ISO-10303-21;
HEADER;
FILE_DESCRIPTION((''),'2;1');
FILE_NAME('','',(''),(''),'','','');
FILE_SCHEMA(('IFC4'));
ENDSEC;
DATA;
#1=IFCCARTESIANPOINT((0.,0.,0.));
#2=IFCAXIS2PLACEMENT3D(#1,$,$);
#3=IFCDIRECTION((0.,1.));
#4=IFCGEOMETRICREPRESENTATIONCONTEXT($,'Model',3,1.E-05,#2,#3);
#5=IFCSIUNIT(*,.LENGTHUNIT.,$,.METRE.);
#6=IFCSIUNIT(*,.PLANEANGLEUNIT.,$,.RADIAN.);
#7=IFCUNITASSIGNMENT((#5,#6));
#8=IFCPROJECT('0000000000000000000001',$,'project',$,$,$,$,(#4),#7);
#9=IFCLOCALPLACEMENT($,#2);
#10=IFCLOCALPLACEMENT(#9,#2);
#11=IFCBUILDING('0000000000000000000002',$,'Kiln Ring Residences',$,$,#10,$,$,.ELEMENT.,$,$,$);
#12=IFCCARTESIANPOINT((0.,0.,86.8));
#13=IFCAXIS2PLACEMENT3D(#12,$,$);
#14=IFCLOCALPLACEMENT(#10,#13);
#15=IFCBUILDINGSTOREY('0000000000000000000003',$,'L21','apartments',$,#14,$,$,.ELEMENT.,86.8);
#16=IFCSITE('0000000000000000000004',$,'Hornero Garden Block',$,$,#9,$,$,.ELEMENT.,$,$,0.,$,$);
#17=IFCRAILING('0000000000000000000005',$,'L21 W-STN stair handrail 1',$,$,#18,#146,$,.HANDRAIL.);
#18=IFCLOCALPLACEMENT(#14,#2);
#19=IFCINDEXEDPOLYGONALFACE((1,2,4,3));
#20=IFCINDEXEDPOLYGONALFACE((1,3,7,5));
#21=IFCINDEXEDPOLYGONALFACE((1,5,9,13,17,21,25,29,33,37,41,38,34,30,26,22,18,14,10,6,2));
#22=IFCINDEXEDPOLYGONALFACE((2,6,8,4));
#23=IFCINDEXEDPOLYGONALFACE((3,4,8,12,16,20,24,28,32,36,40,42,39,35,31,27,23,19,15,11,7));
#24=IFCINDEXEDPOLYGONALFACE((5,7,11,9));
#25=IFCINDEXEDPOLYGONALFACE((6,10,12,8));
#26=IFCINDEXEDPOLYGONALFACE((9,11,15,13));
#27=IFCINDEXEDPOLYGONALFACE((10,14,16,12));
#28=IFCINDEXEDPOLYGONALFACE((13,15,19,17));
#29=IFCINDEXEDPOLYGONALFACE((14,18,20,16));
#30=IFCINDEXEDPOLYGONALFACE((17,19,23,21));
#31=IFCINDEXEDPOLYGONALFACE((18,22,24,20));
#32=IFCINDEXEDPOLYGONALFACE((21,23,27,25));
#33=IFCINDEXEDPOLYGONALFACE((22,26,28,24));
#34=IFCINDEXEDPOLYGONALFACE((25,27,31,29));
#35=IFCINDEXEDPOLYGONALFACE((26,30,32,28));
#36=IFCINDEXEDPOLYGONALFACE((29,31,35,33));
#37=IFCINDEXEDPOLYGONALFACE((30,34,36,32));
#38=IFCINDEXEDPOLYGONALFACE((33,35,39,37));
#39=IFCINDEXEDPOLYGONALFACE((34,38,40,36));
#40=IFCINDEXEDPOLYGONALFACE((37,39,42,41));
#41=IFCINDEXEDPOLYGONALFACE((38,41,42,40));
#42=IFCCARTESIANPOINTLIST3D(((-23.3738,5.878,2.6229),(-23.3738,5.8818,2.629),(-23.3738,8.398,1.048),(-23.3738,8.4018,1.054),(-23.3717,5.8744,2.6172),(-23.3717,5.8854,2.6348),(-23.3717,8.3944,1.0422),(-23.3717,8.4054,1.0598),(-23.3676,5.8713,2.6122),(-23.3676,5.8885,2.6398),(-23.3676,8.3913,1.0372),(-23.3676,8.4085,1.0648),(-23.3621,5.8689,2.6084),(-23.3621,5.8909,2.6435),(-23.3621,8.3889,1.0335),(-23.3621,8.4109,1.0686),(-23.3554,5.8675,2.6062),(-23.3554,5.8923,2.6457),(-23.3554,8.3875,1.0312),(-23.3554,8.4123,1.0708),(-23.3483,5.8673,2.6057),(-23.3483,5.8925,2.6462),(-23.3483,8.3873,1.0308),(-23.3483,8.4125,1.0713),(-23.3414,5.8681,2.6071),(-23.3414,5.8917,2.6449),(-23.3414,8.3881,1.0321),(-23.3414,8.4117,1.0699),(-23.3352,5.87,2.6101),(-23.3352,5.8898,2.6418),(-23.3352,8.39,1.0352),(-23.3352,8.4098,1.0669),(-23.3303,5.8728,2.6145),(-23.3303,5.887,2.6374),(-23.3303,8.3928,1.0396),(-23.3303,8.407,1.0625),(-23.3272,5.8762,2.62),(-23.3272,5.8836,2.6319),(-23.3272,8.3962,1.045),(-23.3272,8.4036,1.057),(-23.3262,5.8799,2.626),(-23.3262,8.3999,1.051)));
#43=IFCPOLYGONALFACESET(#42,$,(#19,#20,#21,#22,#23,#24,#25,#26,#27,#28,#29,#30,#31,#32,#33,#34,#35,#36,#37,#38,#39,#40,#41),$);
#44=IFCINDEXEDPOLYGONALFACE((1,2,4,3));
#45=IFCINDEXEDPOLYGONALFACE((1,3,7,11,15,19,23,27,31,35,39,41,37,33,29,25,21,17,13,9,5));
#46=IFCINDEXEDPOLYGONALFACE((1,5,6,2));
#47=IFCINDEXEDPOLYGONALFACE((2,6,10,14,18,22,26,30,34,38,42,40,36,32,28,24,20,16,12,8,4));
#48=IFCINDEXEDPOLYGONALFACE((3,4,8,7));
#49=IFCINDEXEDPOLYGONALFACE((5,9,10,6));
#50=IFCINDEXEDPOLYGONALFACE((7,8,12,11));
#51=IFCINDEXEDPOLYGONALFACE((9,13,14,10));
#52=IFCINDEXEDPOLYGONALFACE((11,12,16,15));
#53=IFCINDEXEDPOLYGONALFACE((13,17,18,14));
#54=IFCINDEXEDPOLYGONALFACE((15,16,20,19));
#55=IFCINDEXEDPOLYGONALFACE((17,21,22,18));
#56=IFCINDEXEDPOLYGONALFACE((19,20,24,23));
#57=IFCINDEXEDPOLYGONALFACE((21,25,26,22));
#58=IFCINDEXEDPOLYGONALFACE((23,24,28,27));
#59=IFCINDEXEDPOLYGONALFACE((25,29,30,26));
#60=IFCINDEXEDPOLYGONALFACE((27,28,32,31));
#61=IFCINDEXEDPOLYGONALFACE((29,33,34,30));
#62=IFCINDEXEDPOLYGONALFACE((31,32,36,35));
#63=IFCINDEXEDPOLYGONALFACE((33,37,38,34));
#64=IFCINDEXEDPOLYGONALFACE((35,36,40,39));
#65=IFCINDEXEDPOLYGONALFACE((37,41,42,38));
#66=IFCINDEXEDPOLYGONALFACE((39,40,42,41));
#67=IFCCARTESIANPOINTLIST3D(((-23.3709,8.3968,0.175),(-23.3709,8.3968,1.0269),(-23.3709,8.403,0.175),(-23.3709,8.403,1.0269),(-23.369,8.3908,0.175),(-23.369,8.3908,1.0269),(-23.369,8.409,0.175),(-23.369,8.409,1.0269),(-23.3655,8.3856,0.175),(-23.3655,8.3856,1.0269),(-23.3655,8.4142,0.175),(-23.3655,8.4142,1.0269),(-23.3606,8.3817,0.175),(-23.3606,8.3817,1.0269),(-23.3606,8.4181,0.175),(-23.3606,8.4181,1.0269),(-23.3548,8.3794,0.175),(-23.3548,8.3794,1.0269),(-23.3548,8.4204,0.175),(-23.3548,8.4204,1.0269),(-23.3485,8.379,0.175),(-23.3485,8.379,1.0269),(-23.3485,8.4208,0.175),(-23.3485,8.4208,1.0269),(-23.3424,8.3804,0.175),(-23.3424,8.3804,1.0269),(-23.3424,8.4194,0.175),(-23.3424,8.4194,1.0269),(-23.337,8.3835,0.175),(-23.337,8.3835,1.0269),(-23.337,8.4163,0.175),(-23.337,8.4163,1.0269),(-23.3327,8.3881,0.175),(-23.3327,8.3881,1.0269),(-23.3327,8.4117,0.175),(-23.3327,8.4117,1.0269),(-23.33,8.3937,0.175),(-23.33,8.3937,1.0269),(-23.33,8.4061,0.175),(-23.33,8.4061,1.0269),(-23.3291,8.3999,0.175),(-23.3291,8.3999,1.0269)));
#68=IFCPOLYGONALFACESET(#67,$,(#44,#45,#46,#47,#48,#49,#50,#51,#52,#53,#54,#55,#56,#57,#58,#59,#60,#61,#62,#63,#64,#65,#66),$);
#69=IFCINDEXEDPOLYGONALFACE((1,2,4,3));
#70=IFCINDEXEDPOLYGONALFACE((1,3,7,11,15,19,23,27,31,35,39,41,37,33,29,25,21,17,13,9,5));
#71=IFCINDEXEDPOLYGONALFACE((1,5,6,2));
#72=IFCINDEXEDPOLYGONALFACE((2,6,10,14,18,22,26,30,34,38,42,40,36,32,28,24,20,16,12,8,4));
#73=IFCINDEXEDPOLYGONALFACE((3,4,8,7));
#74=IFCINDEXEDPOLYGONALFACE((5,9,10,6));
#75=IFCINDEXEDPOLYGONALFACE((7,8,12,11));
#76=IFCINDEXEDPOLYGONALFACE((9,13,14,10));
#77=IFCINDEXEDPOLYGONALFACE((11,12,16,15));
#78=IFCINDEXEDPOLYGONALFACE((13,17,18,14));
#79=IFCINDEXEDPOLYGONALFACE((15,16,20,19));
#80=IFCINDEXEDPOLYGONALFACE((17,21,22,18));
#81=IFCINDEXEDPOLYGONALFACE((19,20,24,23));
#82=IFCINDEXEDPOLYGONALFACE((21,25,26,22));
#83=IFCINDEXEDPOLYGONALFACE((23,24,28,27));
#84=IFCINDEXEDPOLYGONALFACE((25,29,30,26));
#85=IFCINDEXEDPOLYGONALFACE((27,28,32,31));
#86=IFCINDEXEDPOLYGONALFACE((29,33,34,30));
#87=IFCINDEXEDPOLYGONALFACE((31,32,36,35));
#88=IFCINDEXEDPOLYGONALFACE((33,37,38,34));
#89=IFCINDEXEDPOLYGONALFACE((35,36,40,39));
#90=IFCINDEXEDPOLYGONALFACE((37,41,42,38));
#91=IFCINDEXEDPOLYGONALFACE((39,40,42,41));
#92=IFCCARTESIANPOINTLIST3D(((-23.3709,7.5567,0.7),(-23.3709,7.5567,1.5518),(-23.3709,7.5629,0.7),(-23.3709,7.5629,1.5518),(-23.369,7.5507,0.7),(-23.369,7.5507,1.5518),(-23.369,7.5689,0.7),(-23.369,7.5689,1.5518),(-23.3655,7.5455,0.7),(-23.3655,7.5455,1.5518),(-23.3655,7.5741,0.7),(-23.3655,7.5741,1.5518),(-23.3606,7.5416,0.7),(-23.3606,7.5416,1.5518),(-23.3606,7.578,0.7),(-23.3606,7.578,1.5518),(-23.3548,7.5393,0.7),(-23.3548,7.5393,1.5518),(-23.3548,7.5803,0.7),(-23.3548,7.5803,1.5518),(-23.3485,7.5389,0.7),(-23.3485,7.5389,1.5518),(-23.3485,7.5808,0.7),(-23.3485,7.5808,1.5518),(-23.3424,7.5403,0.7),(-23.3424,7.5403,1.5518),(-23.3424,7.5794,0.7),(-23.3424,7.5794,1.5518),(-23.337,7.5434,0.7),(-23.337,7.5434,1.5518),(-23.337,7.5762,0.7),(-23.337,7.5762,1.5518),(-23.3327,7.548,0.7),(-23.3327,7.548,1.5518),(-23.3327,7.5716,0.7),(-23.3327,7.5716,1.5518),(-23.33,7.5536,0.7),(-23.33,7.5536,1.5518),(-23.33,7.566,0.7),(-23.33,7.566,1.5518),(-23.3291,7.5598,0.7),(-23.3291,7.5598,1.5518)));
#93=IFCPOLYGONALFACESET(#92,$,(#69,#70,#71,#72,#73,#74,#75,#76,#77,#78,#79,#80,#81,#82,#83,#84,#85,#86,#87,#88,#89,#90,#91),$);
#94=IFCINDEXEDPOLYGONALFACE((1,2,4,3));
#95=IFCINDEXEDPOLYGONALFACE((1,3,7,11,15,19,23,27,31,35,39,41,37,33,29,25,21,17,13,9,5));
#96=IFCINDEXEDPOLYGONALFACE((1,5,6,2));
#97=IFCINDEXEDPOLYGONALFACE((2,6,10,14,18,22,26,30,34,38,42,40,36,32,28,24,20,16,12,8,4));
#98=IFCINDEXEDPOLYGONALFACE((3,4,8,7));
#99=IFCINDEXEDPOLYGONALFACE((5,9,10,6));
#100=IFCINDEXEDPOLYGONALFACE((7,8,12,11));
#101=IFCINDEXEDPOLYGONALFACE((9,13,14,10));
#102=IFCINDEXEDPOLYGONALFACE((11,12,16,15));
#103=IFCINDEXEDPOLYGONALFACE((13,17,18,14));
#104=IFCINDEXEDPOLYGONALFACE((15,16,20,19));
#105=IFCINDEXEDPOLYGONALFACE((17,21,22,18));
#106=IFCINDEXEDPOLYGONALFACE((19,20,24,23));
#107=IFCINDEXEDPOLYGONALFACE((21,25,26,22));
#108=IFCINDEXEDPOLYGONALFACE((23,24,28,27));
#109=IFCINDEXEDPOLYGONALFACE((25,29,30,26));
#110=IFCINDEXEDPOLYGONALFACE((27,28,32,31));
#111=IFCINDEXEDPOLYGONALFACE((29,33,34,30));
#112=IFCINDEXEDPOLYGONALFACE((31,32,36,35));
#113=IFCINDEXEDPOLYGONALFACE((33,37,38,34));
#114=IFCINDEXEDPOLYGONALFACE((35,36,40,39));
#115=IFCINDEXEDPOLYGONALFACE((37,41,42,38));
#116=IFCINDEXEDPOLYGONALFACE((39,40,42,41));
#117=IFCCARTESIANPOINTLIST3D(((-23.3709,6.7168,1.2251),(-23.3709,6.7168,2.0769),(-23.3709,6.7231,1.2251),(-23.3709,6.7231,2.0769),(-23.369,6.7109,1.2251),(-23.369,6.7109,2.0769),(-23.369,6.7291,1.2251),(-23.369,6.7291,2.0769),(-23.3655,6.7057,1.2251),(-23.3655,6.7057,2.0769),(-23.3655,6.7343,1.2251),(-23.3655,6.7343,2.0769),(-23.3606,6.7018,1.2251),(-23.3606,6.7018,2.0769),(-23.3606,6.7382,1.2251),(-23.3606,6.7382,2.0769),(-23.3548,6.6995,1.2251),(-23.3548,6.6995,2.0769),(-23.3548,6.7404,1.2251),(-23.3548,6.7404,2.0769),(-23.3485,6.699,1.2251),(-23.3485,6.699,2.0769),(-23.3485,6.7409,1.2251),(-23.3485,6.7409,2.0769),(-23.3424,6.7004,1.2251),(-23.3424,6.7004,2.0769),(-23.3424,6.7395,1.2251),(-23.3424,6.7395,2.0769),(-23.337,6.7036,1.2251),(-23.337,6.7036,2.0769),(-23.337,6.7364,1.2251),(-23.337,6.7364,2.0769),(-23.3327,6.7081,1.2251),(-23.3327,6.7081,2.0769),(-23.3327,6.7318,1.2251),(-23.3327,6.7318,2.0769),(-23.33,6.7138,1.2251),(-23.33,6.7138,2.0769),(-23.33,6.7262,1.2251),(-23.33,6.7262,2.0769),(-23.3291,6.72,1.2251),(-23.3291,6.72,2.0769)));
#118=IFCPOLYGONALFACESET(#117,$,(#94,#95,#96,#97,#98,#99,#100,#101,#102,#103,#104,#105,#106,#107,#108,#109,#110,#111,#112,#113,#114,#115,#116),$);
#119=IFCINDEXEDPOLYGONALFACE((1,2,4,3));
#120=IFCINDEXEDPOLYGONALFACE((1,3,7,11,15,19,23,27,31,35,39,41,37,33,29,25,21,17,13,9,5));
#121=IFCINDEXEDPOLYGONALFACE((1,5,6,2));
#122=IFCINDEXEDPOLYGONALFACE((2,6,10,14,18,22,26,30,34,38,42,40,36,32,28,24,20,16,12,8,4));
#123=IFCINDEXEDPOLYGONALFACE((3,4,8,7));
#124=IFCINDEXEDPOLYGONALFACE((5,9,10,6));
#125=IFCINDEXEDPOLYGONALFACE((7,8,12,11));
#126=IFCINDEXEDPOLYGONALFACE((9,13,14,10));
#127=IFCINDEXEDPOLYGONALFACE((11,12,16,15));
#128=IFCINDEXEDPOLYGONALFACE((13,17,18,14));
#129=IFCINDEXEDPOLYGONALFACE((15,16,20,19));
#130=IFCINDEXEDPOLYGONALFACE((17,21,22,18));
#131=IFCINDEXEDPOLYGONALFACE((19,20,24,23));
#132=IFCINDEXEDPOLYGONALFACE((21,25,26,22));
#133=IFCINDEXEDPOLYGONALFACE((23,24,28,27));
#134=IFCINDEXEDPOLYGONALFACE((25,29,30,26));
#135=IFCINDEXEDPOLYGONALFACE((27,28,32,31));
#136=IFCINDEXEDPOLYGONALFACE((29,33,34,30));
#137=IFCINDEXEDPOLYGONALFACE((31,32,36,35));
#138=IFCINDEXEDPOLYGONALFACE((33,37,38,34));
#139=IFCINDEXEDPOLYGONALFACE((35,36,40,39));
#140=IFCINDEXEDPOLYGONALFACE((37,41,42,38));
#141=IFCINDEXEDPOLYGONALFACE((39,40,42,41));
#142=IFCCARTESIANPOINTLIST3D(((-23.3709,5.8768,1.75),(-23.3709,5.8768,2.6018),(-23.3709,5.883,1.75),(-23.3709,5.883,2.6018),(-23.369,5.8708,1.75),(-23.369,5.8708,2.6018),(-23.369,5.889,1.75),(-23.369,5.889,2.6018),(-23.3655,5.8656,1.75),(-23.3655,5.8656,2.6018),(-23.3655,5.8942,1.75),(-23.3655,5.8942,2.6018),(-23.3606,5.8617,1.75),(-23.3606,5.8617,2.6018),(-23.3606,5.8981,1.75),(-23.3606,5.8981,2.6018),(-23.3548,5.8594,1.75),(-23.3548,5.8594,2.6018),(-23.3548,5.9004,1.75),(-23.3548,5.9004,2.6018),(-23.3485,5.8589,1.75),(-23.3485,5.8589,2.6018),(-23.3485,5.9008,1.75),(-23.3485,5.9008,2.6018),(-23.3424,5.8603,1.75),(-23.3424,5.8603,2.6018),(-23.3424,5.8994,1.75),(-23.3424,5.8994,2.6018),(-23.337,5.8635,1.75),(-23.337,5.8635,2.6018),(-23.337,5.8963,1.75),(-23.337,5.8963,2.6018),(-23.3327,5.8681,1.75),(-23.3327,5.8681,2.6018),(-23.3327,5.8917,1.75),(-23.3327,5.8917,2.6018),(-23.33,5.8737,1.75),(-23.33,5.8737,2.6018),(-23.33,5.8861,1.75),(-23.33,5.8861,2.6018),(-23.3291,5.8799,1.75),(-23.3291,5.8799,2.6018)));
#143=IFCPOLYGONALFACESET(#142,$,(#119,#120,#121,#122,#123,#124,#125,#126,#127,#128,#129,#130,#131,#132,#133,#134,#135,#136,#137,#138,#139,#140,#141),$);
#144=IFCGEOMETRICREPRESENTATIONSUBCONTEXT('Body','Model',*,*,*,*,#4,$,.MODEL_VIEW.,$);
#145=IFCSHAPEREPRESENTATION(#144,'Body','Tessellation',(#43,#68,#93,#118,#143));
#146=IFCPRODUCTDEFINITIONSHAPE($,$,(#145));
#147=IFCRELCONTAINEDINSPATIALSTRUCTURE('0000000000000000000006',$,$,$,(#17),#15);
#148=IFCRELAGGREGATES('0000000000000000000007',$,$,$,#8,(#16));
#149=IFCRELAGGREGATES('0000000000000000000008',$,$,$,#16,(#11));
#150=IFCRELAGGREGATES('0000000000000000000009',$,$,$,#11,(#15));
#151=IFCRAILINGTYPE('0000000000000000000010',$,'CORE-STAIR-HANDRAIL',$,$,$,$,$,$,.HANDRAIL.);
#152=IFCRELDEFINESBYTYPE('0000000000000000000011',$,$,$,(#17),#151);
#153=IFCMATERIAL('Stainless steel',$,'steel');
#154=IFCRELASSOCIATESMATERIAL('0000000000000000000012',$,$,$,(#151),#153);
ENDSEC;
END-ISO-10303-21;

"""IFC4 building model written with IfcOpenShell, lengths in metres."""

from ifc_helpers import new_model, si_unit, direction, frame, origin, origin_2d, place, context, subcontext, project, spatial, circle, extrude, material, type_object, element, save


model = new_model("IFC4")

# Units and contexts
model_context = context("Model", 3, precision=1e-05, world=origin(), true_north=direction((0.0, 1.0)))
body_context = subcontext(model_context, "Body", "Model", "MODEL_VIEW")
ifc_project = project(units=[si_unit("LENGTHUNIT", "METRE"), si_unit("PLANEANGLEUNIT", "RADIAN")], contexts=[model_context])

# Site, building, storey
site_placement = place(None, origin())
site = spatial("IfcSite", under=ifc_project, at=site_placement, Name="Hornero Garden Block", CompositionType="ELEMENT", RefElevation=0.0)
building_placement = place(site_placement, origin())
building = spatial("IfcBuilding", under=site, at=building_placement, Name="Kiln Ring Residences", CompositionType="ELEMENT")
storey_placement = place(building_placement, frame((0.0, 0.0, 86.8)))
storey = spatial("IfcBuildingStorey", under=building, at=storey_placement, Name="L21", Description="apartments", CompositionType="ELEMENT", Elevation=86.8)

# Railing
ifc_material_1 = material(Name="Stainless steel", Category="steel")
railing_type_1 = type_object("IfcRailingType", Name="CORE-STAIR-HANDRAIL", PredefinedType="HANDRAIL", material=ifc_material_1)
railing_1_placement = place(storey_placement, frame((-23.3501, 8.3999, 0.175)))
element("IfcRailing", 1, at=railing_1_placement, inside=storey, type_object=railing_type_1, Name="L21 W-STN stair handrail 1", PredefinedType="HANDRAIL", context=body_context, shape_type="SweptSolid", body=[
    extrude(circle(Radius=0.0239, at=origin_2d()), frame((0.0, 0.0, 0.876), z_axis=(0.0, -0.848008, 0.529984), x_axis=(1.0, 0.0, 0.0)), (0.0, 0.0, 1.0), 2.9717),
    extrude(circle(Radius=0.021, at=origin_2d()), origin(), (0.0, 0.0, 1.0), 0.8518),
    extrude(circle(Radius=0.021, at=origin_2d()), frame((0.0, -0.8401, 0.5249)), (0.0, 0.0, 1.0), 0.8518),
    extrude(circle(Radius=0.021, at=origin_2d()), frame((0.0, -1.6799, 1.05)), (0.0, 0.0, 1.0), 0.8518),
    extrude(circle(Radius=0.021, at=origin_2d()), frame((0.0, -2.52, 1.575)), (0.0, 0.0, 1.0), 0.8518),
])

save(model, "model.ifc")
